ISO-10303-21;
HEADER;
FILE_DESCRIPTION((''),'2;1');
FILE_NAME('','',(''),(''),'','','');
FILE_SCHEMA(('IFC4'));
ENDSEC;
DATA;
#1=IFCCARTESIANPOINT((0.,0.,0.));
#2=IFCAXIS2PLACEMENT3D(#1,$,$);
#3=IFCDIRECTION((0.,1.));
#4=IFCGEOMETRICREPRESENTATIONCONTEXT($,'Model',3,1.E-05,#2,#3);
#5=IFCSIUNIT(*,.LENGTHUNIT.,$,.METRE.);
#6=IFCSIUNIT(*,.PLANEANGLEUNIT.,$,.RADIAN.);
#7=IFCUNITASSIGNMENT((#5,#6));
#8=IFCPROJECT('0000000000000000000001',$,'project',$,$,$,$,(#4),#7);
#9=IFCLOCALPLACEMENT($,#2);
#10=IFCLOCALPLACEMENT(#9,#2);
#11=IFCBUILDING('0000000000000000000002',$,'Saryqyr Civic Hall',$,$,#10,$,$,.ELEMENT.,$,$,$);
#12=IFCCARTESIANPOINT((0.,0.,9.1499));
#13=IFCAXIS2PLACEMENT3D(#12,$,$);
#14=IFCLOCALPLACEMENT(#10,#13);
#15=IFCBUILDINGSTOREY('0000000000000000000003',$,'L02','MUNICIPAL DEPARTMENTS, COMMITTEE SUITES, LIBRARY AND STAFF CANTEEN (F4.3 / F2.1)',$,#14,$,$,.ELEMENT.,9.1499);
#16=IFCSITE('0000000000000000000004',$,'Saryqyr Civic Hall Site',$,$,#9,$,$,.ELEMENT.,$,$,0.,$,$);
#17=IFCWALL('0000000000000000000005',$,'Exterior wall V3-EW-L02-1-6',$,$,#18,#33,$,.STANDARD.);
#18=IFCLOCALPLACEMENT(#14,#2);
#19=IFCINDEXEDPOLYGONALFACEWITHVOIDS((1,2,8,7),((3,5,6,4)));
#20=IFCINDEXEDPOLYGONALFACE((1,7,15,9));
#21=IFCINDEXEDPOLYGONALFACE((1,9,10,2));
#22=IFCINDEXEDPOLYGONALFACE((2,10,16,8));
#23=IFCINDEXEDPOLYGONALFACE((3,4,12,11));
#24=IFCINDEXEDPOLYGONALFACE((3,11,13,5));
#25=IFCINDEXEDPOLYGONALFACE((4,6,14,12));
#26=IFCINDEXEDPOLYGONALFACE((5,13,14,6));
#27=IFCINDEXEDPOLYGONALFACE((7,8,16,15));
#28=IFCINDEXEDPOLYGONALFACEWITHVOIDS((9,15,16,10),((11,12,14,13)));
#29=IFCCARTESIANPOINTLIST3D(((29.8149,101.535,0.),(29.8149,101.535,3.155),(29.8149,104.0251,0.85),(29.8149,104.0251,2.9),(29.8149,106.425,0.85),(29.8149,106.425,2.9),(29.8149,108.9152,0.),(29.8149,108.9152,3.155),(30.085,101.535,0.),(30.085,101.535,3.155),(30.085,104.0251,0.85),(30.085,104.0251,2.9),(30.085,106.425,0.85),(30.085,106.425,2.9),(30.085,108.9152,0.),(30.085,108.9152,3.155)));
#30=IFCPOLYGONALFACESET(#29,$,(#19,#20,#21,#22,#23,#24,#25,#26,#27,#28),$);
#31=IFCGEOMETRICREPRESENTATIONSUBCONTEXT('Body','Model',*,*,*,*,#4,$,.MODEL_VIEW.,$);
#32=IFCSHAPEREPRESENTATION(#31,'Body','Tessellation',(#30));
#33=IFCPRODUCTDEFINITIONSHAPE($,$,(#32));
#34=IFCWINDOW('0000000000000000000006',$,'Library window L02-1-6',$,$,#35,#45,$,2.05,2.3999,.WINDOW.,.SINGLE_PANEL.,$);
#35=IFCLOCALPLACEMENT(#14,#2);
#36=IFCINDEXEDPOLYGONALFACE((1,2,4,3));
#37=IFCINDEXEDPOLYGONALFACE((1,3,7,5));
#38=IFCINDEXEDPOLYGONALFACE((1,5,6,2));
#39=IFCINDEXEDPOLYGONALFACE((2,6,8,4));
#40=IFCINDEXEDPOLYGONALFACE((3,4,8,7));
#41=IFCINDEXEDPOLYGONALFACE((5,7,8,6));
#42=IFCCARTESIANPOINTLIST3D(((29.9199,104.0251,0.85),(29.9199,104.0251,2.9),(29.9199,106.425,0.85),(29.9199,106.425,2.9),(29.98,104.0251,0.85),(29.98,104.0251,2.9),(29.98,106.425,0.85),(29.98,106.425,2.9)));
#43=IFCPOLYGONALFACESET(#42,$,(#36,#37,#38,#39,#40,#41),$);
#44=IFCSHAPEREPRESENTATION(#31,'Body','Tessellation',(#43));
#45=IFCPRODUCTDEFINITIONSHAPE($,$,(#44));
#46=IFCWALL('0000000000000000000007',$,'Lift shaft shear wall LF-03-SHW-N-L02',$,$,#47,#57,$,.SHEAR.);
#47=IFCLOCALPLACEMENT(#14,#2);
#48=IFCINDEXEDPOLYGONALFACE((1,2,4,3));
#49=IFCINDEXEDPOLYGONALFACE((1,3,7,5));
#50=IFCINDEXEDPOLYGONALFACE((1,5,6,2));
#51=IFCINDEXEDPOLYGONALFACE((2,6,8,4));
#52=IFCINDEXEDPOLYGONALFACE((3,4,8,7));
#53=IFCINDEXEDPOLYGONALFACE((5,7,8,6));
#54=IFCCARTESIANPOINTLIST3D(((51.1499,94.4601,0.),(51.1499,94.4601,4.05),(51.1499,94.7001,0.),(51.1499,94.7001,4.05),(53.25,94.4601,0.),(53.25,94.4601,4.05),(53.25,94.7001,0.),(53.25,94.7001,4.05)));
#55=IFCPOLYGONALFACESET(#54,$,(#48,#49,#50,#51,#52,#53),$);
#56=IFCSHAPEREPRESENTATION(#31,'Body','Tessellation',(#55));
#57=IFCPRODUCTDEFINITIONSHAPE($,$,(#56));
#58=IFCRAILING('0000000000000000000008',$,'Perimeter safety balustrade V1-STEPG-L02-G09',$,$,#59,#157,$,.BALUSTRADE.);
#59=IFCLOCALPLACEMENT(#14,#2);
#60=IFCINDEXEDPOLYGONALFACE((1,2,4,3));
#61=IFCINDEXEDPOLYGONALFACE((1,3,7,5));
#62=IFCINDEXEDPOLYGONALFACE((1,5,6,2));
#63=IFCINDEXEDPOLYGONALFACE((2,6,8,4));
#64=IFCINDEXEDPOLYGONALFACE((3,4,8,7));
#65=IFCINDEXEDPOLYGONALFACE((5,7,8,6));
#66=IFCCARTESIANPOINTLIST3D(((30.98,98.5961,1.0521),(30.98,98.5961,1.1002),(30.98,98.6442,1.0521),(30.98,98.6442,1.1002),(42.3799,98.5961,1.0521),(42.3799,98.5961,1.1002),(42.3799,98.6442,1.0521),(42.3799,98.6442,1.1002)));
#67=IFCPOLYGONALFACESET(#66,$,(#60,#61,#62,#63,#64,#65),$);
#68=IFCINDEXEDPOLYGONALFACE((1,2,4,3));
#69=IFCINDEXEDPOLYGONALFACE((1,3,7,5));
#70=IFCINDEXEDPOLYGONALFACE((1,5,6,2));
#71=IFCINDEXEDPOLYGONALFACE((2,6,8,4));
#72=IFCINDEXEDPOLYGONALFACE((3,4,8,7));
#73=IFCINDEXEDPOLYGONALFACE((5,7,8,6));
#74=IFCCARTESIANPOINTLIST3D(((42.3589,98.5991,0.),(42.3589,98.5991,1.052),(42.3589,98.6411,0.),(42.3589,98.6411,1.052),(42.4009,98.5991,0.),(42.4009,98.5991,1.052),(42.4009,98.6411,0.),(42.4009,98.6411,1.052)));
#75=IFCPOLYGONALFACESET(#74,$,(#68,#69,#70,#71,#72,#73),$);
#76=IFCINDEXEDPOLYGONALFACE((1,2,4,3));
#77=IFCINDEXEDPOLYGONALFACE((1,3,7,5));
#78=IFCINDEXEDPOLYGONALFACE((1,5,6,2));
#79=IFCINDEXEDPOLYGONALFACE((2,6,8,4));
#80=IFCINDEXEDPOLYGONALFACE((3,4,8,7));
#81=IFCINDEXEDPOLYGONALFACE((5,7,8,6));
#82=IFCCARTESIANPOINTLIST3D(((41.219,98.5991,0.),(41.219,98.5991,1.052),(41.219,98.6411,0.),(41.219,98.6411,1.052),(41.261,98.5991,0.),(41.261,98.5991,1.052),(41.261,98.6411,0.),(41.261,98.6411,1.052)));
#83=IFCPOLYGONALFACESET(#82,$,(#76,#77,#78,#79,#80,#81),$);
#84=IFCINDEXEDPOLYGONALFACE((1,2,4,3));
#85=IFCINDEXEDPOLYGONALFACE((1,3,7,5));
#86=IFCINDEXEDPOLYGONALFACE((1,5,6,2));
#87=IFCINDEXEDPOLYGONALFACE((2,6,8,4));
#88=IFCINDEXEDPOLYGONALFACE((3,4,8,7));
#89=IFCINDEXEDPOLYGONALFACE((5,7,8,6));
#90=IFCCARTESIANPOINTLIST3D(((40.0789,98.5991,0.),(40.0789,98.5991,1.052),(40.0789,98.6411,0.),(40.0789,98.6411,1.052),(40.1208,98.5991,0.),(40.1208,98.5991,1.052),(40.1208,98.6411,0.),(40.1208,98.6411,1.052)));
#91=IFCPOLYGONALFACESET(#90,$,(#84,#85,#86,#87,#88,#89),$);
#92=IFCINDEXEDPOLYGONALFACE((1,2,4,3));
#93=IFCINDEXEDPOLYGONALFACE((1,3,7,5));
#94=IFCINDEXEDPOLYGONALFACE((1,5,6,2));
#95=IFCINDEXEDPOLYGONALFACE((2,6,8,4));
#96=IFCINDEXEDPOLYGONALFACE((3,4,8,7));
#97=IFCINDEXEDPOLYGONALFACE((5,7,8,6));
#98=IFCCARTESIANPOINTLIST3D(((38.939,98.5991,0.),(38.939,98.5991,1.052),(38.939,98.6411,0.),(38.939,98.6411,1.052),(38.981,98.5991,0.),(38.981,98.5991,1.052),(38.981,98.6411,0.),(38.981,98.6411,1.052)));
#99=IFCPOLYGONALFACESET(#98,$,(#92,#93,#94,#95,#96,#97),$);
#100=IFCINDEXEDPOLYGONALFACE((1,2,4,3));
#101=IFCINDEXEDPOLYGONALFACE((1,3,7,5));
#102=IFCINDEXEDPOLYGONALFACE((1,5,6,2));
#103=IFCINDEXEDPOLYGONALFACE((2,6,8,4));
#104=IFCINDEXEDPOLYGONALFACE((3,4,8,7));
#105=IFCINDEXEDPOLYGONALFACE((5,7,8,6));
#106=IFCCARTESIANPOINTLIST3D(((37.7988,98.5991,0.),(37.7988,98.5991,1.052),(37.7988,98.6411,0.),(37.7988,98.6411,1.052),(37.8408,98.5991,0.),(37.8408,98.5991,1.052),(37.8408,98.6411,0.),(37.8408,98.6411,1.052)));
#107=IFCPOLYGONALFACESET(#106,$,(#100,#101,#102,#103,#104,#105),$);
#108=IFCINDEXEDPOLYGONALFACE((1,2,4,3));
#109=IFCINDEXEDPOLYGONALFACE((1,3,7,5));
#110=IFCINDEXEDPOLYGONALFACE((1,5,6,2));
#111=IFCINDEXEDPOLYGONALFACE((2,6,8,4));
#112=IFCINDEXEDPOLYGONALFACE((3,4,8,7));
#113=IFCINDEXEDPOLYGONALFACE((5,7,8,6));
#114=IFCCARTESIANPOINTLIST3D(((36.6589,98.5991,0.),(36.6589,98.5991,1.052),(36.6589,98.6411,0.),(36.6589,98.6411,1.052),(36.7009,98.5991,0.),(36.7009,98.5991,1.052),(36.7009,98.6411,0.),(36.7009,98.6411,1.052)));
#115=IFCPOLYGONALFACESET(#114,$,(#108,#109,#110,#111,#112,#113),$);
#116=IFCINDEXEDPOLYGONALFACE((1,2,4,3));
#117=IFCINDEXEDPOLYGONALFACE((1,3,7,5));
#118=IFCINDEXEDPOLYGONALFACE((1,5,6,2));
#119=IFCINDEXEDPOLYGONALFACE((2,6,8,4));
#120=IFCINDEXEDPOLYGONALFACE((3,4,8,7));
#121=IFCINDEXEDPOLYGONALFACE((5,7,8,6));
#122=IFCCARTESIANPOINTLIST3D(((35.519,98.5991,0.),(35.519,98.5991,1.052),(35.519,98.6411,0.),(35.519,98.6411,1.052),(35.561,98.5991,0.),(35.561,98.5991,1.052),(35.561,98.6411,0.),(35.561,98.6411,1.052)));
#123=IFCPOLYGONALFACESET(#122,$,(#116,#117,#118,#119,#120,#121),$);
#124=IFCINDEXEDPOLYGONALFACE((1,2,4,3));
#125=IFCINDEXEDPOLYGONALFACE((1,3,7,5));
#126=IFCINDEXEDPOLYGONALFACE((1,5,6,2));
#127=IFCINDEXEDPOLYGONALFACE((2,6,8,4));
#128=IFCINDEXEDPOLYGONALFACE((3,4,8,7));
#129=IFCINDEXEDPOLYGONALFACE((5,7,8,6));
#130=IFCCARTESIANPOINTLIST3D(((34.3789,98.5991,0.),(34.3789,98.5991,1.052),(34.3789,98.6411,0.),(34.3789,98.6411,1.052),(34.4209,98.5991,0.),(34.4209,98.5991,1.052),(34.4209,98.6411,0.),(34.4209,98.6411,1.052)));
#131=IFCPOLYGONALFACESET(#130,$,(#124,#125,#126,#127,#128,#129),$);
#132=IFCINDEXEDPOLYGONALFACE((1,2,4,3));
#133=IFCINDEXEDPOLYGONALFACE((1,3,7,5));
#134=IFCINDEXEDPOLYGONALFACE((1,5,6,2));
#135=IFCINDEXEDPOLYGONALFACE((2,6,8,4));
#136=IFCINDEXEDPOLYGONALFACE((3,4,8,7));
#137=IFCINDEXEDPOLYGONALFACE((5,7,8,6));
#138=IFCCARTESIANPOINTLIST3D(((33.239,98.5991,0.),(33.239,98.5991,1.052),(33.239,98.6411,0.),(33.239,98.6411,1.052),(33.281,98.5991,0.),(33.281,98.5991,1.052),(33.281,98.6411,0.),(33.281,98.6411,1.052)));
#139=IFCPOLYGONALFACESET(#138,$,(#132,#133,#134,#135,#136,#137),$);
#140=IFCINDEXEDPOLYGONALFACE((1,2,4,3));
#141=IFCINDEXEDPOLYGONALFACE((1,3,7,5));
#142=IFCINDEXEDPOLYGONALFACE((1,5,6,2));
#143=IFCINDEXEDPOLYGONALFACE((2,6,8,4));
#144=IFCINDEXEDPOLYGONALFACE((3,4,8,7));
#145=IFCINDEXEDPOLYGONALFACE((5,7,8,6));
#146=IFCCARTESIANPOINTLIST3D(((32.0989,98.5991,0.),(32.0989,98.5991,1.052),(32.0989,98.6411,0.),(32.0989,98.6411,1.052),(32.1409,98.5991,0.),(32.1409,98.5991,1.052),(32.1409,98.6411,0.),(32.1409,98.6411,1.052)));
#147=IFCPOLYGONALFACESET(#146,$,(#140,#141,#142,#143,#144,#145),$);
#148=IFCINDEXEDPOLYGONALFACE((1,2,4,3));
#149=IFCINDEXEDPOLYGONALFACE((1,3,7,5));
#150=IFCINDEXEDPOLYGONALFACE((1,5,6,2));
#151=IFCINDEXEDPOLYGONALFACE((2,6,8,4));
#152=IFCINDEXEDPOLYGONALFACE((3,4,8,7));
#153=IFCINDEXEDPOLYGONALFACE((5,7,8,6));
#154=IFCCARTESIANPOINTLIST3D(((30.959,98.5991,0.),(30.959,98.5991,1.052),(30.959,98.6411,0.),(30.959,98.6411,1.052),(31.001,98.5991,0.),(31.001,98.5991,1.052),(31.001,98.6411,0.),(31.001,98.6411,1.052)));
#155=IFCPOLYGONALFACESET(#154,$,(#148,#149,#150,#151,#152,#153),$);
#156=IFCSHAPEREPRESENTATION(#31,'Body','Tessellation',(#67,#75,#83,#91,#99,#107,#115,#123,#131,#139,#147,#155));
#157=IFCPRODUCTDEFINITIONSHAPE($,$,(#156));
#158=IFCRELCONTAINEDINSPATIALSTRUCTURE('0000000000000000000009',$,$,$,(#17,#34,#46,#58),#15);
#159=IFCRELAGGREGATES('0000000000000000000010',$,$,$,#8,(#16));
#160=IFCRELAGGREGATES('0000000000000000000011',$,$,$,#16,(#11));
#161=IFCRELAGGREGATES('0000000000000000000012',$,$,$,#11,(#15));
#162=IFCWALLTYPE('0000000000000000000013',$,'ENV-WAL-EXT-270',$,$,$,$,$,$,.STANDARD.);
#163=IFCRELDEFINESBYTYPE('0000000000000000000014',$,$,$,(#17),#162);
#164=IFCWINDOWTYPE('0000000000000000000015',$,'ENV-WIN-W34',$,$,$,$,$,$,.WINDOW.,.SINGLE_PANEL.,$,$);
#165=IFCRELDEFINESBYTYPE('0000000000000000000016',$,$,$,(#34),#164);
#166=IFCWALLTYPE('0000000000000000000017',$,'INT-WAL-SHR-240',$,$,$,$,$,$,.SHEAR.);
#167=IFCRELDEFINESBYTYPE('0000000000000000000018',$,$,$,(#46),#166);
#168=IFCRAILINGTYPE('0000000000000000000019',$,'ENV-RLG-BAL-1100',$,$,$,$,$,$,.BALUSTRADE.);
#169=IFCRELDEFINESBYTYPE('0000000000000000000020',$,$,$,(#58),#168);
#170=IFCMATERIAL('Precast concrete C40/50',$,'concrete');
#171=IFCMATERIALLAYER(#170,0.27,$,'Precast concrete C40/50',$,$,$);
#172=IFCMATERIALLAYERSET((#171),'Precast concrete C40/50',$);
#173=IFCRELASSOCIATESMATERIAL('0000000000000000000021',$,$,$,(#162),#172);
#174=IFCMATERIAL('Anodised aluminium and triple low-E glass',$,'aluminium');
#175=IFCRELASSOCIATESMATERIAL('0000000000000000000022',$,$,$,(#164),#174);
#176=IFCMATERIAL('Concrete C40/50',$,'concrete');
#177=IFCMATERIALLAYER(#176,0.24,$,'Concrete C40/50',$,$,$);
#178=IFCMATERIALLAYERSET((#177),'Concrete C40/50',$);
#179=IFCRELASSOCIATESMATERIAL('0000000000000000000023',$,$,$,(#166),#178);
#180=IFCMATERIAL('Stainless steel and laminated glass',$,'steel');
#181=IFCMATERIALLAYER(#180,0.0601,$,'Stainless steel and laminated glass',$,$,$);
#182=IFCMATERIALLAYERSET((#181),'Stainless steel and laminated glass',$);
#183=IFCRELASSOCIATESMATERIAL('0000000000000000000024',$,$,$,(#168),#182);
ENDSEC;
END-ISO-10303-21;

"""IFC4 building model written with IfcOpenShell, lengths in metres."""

from ifc_helpers import new_model, si_unit, direction, frame, frame_2d, origin, origin_2d, place, context, subcontext, project, spatial, rectangle, extrude, material, layer, layer_set, type_object, element, fill, save


model = new_model("IFC4")

# Units and contexts
model_context = context("Model", 3, precision=1e-05, world=origin(), true_north=direction((0.0, 1.0)))
body_context = subcontext(model_context, "Body", "Model", "MODEL_VIEW")
ifc_project = project(units=[si_unit("LENGTHUNIT", "METRE"), si_unit("PLANEANGLEUNIT", "RADIAN")], contexts=[model_context])

# Site, building, storey
site_placement = place(None, origin())
site = spatial("IfcSite", under=ifc_project, at=site_placement, Name="Saryqyr Civic Hall Site", CompositionType="ELEMENT", RefElevation=0.0)
building_placement = place(site_placement, origin())
building = spatial("IfcBuilding", under=site, at=building_placement, Name="Saryqyr Civic Hall", CompositionType="ELEMENT")
storey_placement = place(building_placement, frame((0.0, 0.0, 9.1499)))
storey = spatial("IfcBuildingStorey", under=building, at=storey_placement, Name="L02", Description="MUNICIPAL DEPARTMENTS, COMMITTEE SUITES, LIBRARY AND STAFF CANTEEN (F4.3 / F2.1)", CompositionType="ELEMENT", Elevation=9.1499)

# Shared definitions
ifc_material_1 = material(Name="Concrete C40/50", Category="concrete")

# Shared definitions
ifc_material_2 = material(Name="Anodised aluminium and triple low-E glass", Category="aluminium")

# Shared definitions
ifc_material_3 = material(Name="Precast concrete C40/50", Category="concrete")
ifc_layer_1 = layer(ifc_material_3, 0.27, Name="Precast concrete C40/50")
ifc_layer_set_1 = layer_set([ifc_layer_1], Name="Precast concrete C40/50")
wall_type_1 = type_object("IfcWallType", Name="ENV-WAL-EXT-270", PredefinedType="STANDARD", material=ifc_layer_set_1)

# Wall, opening, window
wall_1_placement = place(storey_placement, frame((29.95, 108.915, 0.0), z_axis=(0.0, 0.0, 1.0), x_axis=(0.0, -1.0, 0.0)))
wall_1 = element("IfcWall", 1, at=wall_1_placement, inside=storey, type_object=wall_type_1, Name="Exterior wall V3-EW-L02-1-6", PredefinedType="STANDARD", context=body_context, shape_type="SweptSolid", body=[
    extrude(rectangle(XDim=7.3801, YDim=0.27, at=frame_2d((3.6899, 0.0))), origin(), (0.0, 0.0, 1.0), 3.155),
])
opening_placement = place(wall_1_placement, frame((2.49, 0.0, 0.8501)))
opening = element("IfcOpeningElement", 2, at=opening_placement, cuts=wall_1, PredefinedType="OPENING", context=body_context, shape_type="SweptSolid", body=[
    extrude(rectangle(XDim=2.3999, YDim=2.05, at=frame_2d((1.2, 1.0249))), frame((0.0, 0.145, 0.0), z_axis=(0.0, -1.0, 0.0), x_axis=(1.0, 0.0, 0.0)), (0.0, 0.0, 1.0), 0.29),
])
window_type = type_object("IfcWindowType", Name="ENV-WIN-W34", PartitioningType="SINGLE_PANEL", PredefinedType="WINDOW", material=ifc_material_2)
window_placement = place(opening_placement, origin())
window = element("IfcWindow", 3, at=window_placement, inside=storey, type_object=window_type, Name="Library window L02-1-6", OverallHeight=2.05, OverallWidth=2.3999, PartitioningType="SINGLE_PANEL", PredefinedType="WINDOW", context=body_context, shape_type="SweptSolid", body=[
    extrude(rectangle(XDim=2.3999, YDim=2.05, at=frame_2d((1.2, 1.0249))), frame((0.0, 0.03, 0.0), z_axis=(0.0, -1.0, 0.0), x_axis=(1.0, 0.0, 0.0)), (0.0, 0.0, 1.0), 0.0601),
])
fill(opening, window)

# Wall
ifc_layer_2 = layer(ifc_material_1, 0.24, Name="Concrete C40/50")
ifc_layer_set_2 = layer_set([ifc_layer_2], Name="Concrete C40/50")
wall_type_2 = type_object("IfcWallType", Name="INT-WAL-SHR-240", PredefinedType="SHEAR", material=ifc_layer_set_2)
wall_2_placement = place(storey_placement, frame((51.1499, 94.5801, 0.0), z_axis=(0.0, 0.0, 1.0), x_axis=(1.0, 0.0, 0.0)))
element("IfcWall", 4, at=wall_2_placement, inside=storey, type_object=wall_type_2, Name="Lift shaft shear wall LF-03-SHW-N-L02", PredefinedType="SHEAR", context=body_context, shape_type="SweptSolid", body=[
    extrude(rectangle(XDim=2.1001, YDim=0.24, at=frame_2d((1.05, 0.0))), origin(), (0.0, 0.0, 1.0), 4.05),
])

# Railing
ifc_material_4 = material(Name="Stainless steel and laminated glass", Category="steel")
ifc_layer_3 = layer(ifc_material_4, 0.0601, Name="Stainless steel and laminated glass")
ifc_layer_set_3 = layer_set([ifc_layer_3], Name="Stainless steel and laminated glass")
railing_type_1 = type_object("IfcRailingType", Name="ENV-RLG-BAL-1100", PredefinedType="BALUSTRADE", material=ifc_layer_set_3)
railing_1_placement = place(storey_placement, frame((42.3799, 98.6201, 0.0)))
element("IfcRailing", 5, at=railing_1_placement, inside=storey, type_object=railing_type_1, Name="Perimeter safety balustrade V1-STEPG-L02-G09", PredefinedType="BALUSTRADE", context=body_context, shape_type="SweptSolid", body=[
    extrude(rectangle(XDim=0.0481, YDim=0.0481, at=origin_2d()), frame((0.0, 0.0, 1.0762), z_axis=(-1.0, 0.0, 0.0), x_axis=(0.0, -1.0, 0.0)), (0.0, 0.0, 1.0), 11.3999),
    extrude(rectangle(XDim=0.042, YDim=0.042, at=origin_2d()), origin(), (0.0, 0.0, 1.0), 1.052),
    extrude(rectangle(XDim=0.042, YDim=0.042, at=origin_2d()), frame((-1.1399, 0.0, 0.0)), (0.0, 0.0, 1.0), 1.052),
    extrude(rectangle(XDim=0.042, YDim=0.042, at=origin_2d()), frame((-2.28, 0.0, 0.0)), (0.0, 0.0, 1.0), 1.052),
    extrude(rectangle(XDim=0.042, YDim=0.042, at=origin_2d()), frame((-3.4199, 0.0, 0.0)), (0.0, 0.0, 1.0), 1.052),
    extrude(rectangle(XDim=0.042, YDim=0.042, at=origin_2d()), frame((-4.5601, 0.0, 0.0)), (0.0, 0.0, 1.0), 1.052),
    extrude(rectangle(XDim=0.042, YDim=0.042, at=origin_2d()), frame((-5.7, 0.0, 0.0)), (0.0, 0.0, 1.0), 1.052),
    extrude(rectangle(XDim=0.042, YDim=0.042, at=origin_2d()), frame((-6.8398, 0.0, 0.0)), (0.0, 0.0, 1.0), 1.052),
    extrude(rectangle(XDim=0.042, YDim=0.042, at=origin_2d()), frame((-7.98, 0.0, 0.0)), (0.0, 0.0, 1.0), 1.052),
    extrude(rectangle(XDim=0.042, YDim=0.042, at=origin_2d()), frame((-9.1199, 0.0, 0.0)), (0.0, 0.0, 1.0), 1.052),
    extrude(rectangle(XDim=0.042, YDim=0.042, at=origin_2d()), frame((-10.26, 0.0, 0.0)), (0.0, 0.0, 1.0), 1.052),
    extrude(rectangle(XDim=0.042, YDim=0.042, at=origin_2d()), frame((-11.3999, 0.0, 0.0)), (0.0, 0.0, 1.0), 1.052),
])

save(model, "model.ifc")
